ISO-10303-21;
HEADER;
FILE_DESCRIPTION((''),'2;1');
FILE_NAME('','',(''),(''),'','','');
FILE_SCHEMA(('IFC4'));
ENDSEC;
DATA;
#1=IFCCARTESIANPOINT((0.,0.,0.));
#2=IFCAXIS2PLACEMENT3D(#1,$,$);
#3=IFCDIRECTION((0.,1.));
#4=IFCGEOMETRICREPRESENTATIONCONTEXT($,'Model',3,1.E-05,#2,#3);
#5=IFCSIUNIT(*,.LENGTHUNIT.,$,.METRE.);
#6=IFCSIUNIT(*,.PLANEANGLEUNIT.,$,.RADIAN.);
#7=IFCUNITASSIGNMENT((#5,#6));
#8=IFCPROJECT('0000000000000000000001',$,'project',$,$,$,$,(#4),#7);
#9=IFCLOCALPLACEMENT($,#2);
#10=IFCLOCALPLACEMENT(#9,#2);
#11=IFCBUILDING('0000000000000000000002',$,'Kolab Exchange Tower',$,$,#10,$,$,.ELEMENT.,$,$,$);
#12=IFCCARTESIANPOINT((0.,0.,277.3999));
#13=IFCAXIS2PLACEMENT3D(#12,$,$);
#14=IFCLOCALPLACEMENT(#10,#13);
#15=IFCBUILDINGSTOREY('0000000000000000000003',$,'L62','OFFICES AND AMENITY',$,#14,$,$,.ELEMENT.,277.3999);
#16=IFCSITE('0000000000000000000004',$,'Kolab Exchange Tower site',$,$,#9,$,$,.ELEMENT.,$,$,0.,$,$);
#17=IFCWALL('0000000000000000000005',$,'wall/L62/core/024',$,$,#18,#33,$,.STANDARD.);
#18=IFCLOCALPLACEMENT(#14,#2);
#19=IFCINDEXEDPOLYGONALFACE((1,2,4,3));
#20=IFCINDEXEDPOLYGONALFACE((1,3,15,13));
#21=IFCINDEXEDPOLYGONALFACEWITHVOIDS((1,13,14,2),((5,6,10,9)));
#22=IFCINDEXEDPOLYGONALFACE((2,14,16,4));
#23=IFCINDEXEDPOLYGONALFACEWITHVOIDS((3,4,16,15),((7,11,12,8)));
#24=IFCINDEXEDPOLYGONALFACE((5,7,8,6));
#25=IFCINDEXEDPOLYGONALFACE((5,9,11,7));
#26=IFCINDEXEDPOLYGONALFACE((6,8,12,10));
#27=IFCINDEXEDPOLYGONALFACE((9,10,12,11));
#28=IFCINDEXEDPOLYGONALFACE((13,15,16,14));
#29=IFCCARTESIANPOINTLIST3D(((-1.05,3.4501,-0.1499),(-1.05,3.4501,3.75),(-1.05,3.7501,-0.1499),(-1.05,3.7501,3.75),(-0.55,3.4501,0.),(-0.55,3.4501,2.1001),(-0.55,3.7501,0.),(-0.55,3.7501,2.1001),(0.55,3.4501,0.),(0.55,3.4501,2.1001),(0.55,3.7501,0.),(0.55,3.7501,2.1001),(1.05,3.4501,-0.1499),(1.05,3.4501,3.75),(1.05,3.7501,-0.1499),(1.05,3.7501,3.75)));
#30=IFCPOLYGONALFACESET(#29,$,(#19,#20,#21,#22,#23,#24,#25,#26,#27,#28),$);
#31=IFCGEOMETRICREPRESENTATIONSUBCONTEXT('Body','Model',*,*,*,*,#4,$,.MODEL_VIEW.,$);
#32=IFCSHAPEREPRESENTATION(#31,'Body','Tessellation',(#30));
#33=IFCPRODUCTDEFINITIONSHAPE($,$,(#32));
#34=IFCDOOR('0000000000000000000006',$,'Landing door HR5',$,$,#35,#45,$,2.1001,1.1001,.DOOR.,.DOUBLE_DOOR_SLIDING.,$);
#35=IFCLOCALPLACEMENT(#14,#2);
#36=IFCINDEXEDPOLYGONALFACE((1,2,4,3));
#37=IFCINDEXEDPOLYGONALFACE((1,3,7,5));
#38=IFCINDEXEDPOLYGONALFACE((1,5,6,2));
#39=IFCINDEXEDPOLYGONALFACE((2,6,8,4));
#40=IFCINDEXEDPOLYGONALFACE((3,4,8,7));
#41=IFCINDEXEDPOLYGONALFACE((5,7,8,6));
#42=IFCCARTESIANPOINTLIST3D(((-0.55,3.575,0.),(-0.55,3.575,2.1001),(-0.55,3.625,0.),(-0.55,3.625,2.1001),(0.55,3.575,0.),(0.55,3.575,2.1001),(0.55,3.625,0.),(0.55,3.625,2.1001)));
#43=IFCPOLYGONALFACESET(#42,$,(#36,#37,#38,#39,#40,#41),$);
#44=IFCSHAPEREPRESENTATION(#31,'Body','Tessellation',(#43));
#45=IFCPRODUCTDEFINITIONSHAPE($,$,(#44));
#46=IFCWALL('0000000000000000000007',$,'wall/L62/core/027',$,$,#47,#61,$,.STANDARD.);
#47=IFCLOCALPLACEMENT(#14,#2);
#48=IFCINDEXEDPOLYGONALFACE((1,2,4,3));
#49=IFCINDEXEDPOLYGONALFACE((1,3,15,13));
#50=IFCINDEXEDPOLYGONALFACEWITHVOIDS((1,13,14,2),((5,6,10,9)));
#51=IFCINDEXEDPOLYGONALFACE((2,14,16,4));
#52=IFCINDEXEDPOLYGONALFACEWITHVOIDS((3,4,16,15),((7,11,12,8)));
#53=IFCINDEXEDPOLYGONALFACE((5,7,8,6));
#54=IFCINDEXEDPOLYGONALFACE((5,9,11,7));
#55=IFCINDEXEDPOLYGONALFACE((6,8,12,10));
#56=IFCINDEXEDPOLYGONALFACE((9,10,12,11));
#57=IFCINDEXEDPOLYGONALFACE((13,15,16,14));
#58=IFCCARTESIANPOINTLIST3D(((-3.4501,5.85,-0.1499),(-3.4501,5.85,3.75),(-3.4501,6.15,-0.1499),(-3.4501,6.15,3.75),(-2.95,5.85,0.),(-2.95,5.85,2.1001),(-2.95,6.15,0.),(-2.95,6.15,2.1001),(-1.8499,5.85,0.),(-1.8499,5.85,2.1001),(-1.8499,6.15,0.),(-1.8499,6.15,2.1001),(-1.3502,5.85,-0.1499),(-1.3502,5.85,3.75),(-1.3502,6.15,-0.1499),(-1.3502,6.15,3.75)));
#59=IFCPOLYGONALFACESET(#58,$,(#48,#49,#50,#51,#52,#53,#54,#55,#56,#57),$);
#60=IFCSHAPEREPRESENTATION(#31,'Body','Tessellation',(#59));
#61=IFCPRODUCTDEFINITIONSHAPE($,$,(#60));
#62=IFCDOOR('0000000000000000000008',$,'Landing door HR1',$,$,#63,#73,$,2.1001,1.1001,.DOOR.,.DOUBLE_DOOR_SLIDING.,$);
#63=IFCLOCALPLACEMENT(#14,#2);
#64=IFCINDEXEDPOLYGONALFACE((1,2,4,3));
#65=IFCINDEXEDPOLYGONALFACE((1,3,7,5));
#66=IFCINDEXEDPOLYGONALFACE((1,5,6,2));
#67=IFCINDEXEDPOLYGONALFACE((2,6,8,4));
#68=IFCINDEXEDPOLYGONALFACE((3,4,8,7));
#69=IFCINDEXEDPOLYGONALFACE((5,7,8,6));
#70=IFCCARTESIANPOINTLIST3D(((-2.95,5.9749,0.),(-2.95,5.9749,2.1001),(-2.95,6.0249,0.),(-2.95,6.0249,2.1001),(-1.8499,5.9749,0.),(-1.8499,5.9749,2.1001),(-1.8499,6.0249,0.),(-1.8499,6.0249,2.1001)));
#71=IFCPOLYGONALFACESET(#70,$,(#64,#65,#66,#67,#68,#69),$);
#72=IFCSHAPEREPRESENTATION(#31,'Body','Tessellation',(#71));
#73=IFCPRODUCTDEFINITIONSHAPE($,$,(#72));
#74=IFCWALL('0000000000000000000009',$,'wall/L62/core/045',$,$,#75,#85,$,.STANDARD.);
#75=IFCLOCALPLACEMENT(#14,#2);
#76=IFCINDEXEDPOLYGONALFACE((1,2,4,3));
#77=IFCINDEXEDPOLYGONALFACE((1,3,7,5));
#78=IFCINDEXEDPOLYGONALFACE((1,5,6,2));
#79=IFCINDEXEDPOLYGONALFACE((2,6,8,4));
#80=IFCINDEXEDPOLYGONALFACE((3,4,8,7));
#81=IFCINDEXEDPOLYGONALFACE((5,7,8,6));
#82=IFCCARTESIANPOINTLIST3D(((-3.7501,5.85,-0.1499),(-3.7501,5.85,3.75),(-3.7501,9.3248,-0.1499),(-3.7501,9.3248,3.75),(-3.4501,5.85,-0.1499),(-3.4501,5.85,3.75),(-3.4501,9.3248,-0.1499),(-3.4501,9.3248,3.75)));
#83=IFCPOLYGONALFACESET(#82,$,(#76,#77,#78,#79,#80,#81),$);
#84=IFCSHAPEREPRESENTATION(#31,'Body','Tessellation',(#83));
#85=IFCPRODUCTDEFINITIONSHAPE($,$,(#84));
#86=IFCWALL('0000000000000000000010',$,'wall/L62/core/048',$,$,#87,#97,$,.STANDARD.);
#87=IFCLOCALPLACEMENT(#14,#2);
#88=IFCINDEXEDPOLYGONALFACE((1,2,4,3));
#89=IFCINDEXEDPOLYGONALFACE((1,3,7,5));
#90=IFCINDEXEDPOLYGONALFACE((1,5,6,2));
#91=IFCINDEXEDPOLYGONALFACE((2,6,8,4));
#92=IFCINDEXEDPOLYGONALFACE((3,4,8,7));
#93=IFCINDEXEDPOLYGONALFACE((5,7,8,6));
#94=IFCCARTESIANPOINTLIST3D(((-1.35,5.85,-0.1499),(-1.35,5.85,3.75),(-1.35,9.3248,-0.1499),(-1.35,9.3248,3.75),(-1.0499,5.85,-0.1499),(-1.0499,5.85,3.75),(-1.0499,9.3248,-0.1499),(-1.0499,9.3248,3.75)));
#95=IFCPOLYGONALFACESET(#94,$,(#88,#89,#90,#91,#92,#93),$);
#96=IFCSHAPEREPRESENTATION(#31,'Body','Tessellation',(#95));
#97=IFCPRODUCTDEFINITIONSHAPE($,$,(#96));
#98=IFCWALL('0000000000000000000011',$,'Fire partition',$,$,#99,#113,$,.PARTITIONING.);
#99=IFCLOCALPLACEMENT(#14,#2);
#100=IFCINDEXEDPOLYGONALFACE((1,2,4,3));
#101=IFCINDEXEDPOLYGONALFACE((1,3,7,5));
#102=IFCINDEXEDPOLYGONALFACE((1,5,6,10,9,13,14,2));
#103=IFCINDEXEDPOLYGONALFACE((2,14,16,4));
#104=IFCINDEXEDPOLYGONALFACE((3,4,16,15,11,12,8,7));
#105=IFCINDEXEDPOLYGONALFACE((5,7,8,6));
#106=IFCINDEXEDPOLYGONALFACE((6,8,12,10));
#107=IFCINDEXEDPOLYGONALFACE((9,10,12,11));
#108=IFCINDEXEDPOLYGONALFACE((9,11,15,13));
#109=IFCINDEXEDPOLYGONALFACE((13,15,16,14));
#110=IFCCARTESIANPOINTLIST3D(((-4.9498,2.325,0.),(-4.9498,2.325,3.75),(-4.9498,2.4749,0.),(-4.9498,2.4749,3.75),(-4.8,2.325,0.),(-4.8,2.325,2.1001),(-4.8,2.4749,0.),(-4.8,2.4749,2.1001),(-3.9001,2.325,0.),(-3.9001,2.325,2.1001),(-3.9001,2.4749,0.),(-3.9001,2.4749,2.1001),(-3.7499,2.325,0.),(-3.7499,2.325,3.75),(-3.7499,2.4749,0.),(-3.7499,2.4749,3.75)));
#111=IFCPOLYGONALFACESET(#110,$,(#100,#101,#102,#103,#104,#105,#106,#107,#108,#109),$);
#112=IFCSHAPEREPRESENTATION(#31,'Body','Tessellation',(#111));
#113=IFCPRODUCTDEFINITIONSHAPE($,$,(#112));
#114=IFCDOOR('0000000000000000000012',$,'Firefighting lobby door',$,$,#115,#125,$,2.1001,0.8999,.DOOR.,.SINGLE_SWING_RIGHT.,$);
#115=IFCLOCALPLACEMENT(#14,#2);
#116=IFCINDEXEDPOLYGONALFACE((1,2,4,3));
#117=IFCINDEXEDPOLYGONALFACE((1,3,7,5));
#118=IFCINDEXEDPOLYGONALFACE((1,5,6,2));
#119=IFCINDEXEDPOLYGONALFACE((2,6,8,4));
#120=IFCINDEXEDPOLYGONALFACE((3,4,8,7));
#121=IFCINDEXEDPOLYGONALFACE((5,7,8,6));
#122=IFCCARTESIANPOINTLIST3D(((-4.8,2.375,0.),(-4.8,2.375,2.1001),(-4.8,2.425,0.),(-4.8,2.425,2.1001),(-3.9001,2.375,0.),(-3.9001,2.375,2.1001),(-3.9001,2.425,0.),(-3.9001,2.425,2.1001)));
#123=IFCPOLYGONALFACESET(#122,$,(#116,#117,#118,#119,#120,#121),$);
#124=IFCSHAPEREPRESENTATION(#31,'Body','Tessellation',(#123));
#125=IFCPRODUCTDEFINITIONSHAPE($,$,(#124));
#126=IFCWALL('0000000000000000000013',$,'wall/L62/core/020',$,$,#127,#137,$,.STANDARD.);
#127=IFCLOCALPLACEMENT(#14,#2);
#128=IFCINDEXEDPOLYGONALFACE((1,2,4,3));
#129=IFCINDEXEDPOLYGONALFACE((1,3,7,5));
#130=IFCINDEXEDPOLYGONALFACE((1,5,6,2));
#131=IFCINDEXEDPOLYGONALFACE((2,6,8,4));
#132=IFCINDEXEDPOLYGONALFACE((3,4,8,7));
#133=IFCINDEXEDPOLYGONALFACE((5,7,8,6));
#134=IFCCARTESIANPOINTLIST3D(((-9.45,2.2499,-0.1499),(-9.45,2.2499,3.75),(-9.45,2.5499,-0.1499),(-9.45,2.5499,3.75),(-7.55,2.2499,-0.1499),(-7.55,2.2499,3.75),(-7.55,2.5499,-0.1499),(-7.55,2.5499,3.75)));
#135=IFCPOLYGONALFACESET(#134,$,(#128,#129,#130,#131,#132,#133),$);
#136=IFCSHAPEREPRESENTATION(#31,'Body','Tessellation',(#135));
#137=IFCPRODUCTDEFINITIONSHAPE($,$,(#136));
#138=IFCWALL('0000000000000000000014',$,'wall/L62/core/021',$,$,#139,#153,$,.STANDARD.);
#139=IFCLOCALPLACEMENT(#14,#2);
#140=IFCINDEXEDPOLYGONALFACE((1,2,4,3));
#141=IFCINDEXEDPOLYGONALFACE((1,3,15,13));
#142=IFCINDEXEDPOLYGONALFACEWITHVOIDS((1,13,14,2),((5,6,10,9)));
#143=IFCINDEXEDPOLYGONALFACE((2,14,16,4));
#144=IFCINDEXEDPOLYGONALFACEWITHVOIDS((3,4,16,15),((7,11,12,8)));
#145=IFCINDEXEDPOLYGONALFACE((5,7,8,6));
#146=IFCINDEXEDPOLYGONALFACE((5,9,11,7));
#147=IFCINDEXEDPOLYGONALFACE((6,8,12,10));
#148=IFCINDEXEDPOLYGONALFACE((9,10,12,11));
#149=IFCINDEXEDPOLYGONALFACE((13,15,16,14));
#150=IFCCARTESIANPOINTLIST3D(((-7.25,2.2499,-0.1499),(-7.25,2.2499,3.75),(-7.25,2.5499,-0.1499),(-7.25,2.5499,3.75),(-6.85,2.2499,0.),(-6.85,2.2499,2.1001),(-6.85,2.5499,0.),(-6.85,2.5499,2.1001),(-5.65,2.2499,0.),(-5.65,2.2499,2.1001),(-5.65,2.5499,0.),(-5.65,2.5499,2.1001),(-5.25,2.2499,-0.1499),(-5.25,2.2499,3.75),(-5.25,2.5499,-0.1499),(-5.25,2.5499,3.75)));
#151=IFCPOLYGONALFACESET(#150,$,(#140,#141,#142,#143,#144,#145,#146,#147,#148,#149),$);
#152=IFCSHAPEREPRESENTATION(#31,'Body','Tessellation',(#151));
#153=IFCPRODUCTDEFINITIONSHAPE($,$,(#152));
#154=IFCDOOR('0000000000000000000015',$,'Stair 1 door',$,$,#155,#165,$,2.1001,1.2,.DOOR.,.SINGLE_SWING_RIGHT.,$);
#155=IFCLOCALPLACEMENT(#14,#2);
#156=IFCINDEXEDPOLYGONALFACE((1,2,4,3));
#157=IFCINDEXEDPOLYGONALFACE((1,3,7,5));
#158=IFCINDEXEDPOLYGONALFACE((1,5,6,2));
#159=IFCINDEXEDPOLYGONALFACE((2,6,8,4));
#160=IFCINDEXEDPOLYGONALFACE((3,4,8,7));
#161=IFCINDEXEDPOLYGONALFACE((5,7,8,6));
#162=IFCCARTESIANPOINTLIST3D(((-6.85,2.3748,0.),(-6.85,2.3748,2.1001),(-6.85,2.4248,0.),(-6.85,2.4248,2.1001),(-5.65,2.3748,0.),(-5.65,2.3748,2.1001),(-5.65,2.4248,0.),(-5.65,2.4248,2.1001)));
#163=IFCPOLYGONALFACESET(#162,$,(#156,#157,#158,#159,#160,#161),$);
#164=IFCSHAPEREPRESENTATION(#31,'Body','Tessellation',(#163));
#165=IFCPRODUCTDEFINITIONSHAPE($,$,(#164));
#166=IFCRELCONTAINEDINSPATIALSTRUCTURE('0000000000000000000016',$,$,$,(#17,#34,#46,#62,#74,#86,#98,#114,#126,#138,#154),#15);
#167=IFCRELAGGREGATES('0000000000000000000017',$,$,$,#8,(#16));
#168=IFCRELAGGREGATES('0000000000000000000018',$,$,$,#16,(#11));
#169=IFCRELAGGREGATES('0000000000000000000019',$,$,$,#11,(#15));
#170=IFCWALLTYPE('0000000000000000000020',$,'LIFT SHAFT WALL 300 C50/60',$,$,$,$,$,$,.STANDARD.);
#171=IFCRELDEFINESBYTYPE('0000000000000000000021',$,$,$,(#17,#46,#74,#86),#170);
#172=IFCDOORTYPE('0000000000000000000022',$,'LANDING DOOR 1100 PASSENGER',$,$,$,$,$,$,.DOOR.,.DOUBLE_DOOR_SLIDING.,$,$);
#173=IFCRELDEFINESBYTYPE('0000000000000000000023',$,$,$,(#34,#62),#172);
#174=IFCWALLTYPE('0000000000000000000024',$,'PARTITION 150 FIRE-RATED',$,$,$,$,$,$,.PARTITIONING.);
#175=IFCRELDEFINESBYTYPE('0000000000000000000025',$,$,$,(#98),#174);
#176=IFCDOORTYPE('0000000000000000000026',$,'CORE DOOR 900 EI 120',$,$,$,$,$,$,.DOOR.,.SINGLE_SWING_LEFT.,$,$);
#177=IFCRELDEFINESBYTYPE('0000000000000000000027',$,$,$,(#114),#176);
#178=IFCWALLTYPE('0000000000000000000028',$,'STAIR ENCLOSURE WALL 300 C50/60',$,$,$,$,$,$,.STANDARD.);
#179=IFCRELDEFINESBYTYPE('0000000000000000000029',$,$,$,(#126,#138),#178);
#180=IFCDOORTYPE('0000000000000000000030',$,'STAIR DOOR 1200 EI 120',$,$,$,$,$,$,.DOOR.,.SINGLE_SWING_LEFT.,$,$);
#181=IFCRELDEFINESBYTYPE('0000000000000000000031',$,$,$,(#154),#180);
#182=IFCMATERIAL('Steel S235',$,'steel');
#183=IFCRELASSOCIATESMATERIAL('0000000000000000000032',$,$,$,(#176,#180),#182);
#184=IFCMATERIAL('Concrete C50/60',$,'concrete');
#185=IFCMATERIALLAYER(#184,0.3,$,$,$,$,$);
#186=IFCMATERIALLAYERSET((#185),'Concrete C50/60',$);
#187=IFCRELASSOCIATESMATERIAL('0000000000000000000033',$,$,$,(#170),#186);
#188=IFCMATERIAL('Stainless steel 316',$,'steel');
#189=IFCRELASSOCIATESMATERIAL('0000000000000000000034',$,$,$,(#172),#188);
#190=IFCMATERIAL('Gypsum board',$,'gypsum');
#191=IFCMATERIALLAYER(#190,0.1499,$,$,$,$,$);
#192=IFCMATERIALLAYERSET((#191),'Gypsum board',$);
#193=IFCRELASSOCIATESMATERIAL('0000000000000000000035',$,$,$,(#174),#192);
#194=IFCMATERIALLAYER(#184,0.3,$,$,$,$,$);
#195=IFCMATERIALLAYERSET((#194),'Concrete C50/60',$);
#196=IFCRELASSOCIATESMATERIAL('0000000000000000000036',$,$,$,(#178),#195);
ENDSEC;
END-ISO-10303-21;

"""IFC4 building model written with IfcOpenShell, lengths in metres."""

from ifc_helpers import new_model, si_unit, direction, frame, frame_2d, origin, place, context, subcontext, project, spatial, rectangle, extrude, material, layer, layer_set, type_object, element, fill, save


model = new_model("IFC4")

# Units and contexts
model_context = context("Model", 3, precision=1e-05, world=origin(), true_north=direction((0.0, 1.0)))
body_context = subcontext(model_context, "Body", "Model", "MODEL_VIEW")
ifc_project = project(units=[si_unit("LENGTHUNIT", "METRE"), si_unit("PLANEANGLEUNIT", "RADIAN")], contexts=[model_context])

# Site, building, storey
site_placement = place(None, origin())
site = spatial("IfcSite", under=ifc_project, at=site_placement, Name="Kolab Exchange Tower site", CompositionType="ELEMENT", RefElevation=0.0)
building_placement = place(site_placement, origin())
building = spatial("IfcBuilding", under=site, at=building_placement, Name="Kolab Exchange Tower", CompositionType="ELEMENT")
storey_placement = place(building_placement, frame((0.0, 0.0, 277.3999)))
storey = spatial("IfcBuildingStorey", under=building, at=storey_placement, Name="L62", Description="OFFICES AND AMENITY", CompositionType="ELEMENT", Elevation=277.3999)

# Shared definitions
ifc_material_1 = material(Name="Concrete C50/60", Category="concrete")
ifc_material_2 = material(Name="Steel S235", Category="steel")
door_type_1 = type_object("IfcDoorType", Name="CORE DOOR 900 EI 120", OperationType="SINGLE_SWING_LEFT", PredefinedType="DOOR", material=ifc_material_2)

# Shared definitions
ifc_layer_1 = layer(ifc_material_1, 0.3)
ifc_layer_set_1 = layer_set([ifc_layer_1], Name="Concrete C50/60")
wall_type_1 = type_object("IfcWallType", Name="LIFT SHAFT WALL 300 C50/60", PredefinedType="STANDARD", material=ifc_layer_set_1)

# Walls, openings, doors
ifc_material_3 = material(Name="Stainless steel 316", Category="steel")
door_type_2 = type_object("IfcDoorType", Name="LANDING DOOR 1100 PASSENGER", OperationType="DOUBLE_DOOR_SLIDING", PredefinedType="DOOR", material=ifc_material_3)
wall_1_placement = place(storey_placement, frame((-1.05, 3.6001, -0.1499), z_axis=(0.0, 0.0, 1.0), x_axis=(1.0, 0.0, 0.0)))
wall_1 = element("IfcWall", 1, at=wall_1_placement, inside=storey, type_object=wall_type_1, Name="wall/L62/core/024", PredefinedType="STANDARD", context=body_context, shape_type="SweptSolid", body=[
    extrude(rectangle(XDim=2.1001, YDim=0.3, at=frame_2d((1.05, 0.0))), origin(), (0.0, 0.0, 1.0), 3.8999),
])
opening_1_placement = place(wall_1_placement, frame((0.5, 0.0, 0.1499)))
opening_1 = element("IfcOpeningElement", 2, at=opening_1_placement, cuts=wall_1, PredefinedType="OPENING", context=body_context, shape_type="SweptSolid", body=[
    extrude(rectangle(XDim=1.1001, YDim=2.1001, at=frame_2d((0.55, 1.05))), frame((0.0, 0.1602, 0.0), z_axis=(0.0, -1.0, 0.0), x_axis=(1.0, 0.0, 0.0)), (0.0, 0.0, 1.0), 0.3201),
])
door_1_placement = place(opening_1_placement, origin())
door_1 = element("IfcDoor", 3, at=door_1_placement, inside=storey, type_object=door_type_2, Name="Landing door HR5", OperationType="DOUBLE_DOOR_SLIDING", OverallHeight=2.1001, OverallWidth=1.1001, PredefinedType="DOOR", context=body_context, shape_type="SweptSolid", body=[
    extrude(rectangle(XDim=1.1001, YDim=2.1001, at=frame_2d((0.55, 1.05))), frame((0.0, 0.0249, 0.0), z_axis=(0.0, -1.0, 0.0), x_axis=(1.0, 0.0, 0.0)), (0.0, 0.0, 1.0), 0.05),
])
fill(opening_1, door_1)
wall_2_placement = place(storey_placement, frame((-3.45, 6.0, -0.1499), z_axis=(0.0, 0.0, 1.0), x_axis=(1.0, 0.0, 0.0)))
wall_2 = element("IfcWall", 4, at=wall_2_placement, inside=storey, type_object=wall_type_1, Name="wall/L62/core/027", PredefinedType="STANDARD", context=body_context, shape_type="SweptSolid", body=[
    extrude(rectangle(XDim=2.0999, YDim=0.3, at=frame_2d((1.0498, 0.0))), origin(), (0.0, 0.0, 1.0), 3.8999),
])
opening_2_placement = place(wall_2_placement, frame((0.5, 0.0, 0.1499)))
opening_2 = element("IfcOpeningElement", 5, at=opening_2_placement, cuts=wall_2, PredefinedType="OPENING", context=body_context, shape_type="SweptSolid", body=[
    extrude(rectangle(XDim=1.1001, YDim=2.1001, at=frame_2d((0.55, 1.05))), frame((0.0, 0.1602, 0.0), z_axis=(0.0, -1.0, 0.0), x_axis=(1.0, 0.0, 0.0)), (0.0, 0.0, 1.0), 0.3201),
])
door_2_placement = place(opening_2_placement, origin())
door_2 = element("IfcDoor", 6, at=door_2_placement, inside=storey, type_object=door_type_2, Name="Landing door HR1", OperationType="DOUBLE_DOOR_SLIDING", OverallHeight=2.1001, OverallWidth=1.1001, PredefinedType="DOOR", context=body_context, shape_type="SweptSolid", body=[
    extrude(rectangle(XDim=1.1001, YDim=2.1001, at=frame_2d((0.55, 1.05))), frame((0.0, 0.0249, 0.0), z_axis=(0.0, -1.0, 0.0), x_axis=(1.0, 0.0, 0.0)), (0.0, 0.0, 1.0), 0.05),
])
fill(opening_2, door_2)

# Walls
for number, where, z_axis, x_axis, name in (
    (7, (-3.6001, 5.8501, -0.1499), (0.0, 0.0, 1.0), (0.0, 1.0, 0.0), "wall/L62/core/045"),
    (8, (-1.2, 5.8501, -0.1499), (0.0, 0.0, 1.0), (0.0, 1.0, 0.0), "wall/L62/core/048"),
):
    element("IfcWall", number, at=place(storey_placement, frame(where, z_axis=z_axis, x_axis=x_axis)), inside=storey, type_object=wall_type_1, Name=name, PredefinedType="STANDARD", context=body_context, shape_type="SweptSolid", body=[
        extrude(rectangle(XDim=3.4749, YDim=0.3, at=frame_2d((1.7373, 0.0))), origin(), (0.0, 0.0, 1.0), 3.8999),
    ])

# Wall, opening, door
ifc_material_4 = material(Name="Gypsum board", Category="gypsum")
ifc_layer_2 = layer(ifc_material_4, 0.1499)
ifc_layer_set_2 = layer_set([ifc_layer_2], Name="Gypsum board")
wall_type_2 = type_object("IfcWallType", Name="PARTITION 150 FIRE-RATED", PredefinedType="PARTITIONING", material=ifc_layer_set_2)
wall_3_placement = place(storey_placement, frame((-4.95, 2.3999, 0.0), z_axis=(0.0, 0.0, 1.0), x_axis=(1.0, 0.0, 0.0)))
wall_3 = element("IfcWall", 9, at=wall_3_placement, inside=storey, type_object=wall_type_2, Name="Fire partition", PredefinedType="PARTITIONING", context=body_context, shape_type="SweptSolid", body=[
    extrude(rectangle(XDim=1.2, YDim=0.1499, at=frame_2d((0.6001, 0.0))), origin(), (0.0, 0.0, 1.0), 3.75),
])
opening_3_placement = place(wall_3_placement, frame((0.1499, 0.0, 0.0)))
opening_3 = element("IfcOpeningElement", 10, at=opening_3_placement, cuts=wall_3, PredefinedType="OPENING", context=body_context, shape_type="SweptSolid", body=[
    extrude(rectangle(XDim=0.8999, YDim=2.1001, at=frame_2d((0.45, 1.05))), frame((0.0, 0.085, 0.0), z_axis=(0.0, -1.0, 0.0), x_axis=(1.0, 0.0, 0.0)), (0.0, 0.0, 1.0), 0.1699),
])
door_3_placement = place(opening_3_placement, frame((0.8999, 0.0, 0.0), z_axis=(0.0, 0.0, 1.0), x_axis=(-1.0, 0.0, 0.0)))
door_3 = element("IfcDoor", 11, at=door_3_placement, inside=storey, type_object=door_type_1, Name="Firefighting lobby door", OperationType="SINGLE_SWING_RIGHT", OverallHeight=2.1001, OverallWidth=0.8999, PredefinedType="DOOR", context=body_context, shape_type="SweptSolid", body=[
    extrude(rectangle(XDim=0.8999, YDim=2.1001, at=frame_2d((0.45, 1.05))), frame((0.0, 0.0249, 0.0), z_axis=(0.0, -1.0, 0.0), x_axis=(1.0, 0.0, 0.0)), (0.0, 0.0, 1.0), 0.05),
])
fill(opening_3, door_3)

# Wall
ifc_layer_3 = layer(ifc_material_1, 0.3)
ifc_layer_set_3 = layer_set([ifc_layer_3], Name="Concrete C50/60")
wall_type_3 = type_object("IfcWallType", Name="STAIR ENCLOSURE WALL 300 C50/60", PredefinedType="STANDARD", material=ifc_layer_set_3)
wall_4_placement = place(storey_placement, frame((-9.45, 2.3999, -0.1499), z_axis=(0.0, 0.0, 1.0), x_axis=(1.0, 0.0, 0.0)))
element("IfcWall", 12, at=wall_4_placement, inside=storey, type_object=wall_type_3, Name="wall/L62/core/020", PredefinedType="STANDARD", context=body_context, shape_type="SweptSolid", body=[
    extrude(rectangle(XDim=1.8999, YDim=0.3, at=frame_2d((0.95, 0.0))), origin(), (0.0, 0.0, 1.0), 3.8999),
])

# Wall, opening, door
wall_5_placement = place(storey_placement, frame((-7.25, 2.3999, -0.1499), z_axis=(0.0, 0.0, 1.0), x_axis=(1.0, 0.0, 0.0)))
wall_5 = element("IfcWall", 13, at=wall_5_placement, inside=storey, type_object=wall_type_3, Name="wall/L62/core/021", PredefinedType="STANDARD", context=body_context, shape_type="SweptSolid", body=[
    extrude(rectangle(XDim=2.0, YDim=0.3, at=frame_2d((1.0, 0.0))), origin(), (0.0, 0.0, 1.0), 3.8999),
])
opening_4_placement = place(wall_5_placement, frame((0.3999, 0.0, 0.1499)))
opening_4 = element("IfcOpeningElement", 14, at=opening_4_placement, cuts=wall_5, PredefinedType="OPENING", context=body_context, shape_type="SweptSolid", body=[
    extrude(rectangle(XDim=1.2, YDim=2.1001, at=frame_2d((0.6001, 1.05))), frame((0.0, 0.1602, 0.0), z_axis=(0.0, -1.0, 0.0), x_axis=(1.0, 0.0, 0.0)), (0.0, 0.0, 1.0), 0.3201),
])
door_type_3 = type_object("IfcDoorType", Name="STAIR DOOR 1200 EI 120", OperationType="SINGLE_SWING_LEFT", PredefinedType="DOOR", material=ifc_material_2)
door_4_placement = place(opening_4_placement, origin())
door_4 = element("IfcDoor", 15, at=door_4_placement, inside=storey, type_object=door_type_3, Name="Stair 1 door", OperationType="SINGLE_SWING_RIGHT", OverallHeight=2.1001, OverallWidth=1.2, PredefinedType="DOOR", context=body_context, shape_type="SweptSolid", body=[
    extrude(rectangle(XDim=1.2, YDim=2.1001, at=frame_2d((0.6001, 1.05))), frame((0.0, 0.0249, 0.0), z_axis=(0.0, -1.0, 0.0), x_axis=(1.0, 0.0, 0.0)), (0.0, 0.0, 1.0), 0.05),
])
fill(opening_4, door_4)

save(model, "model.ifc")
